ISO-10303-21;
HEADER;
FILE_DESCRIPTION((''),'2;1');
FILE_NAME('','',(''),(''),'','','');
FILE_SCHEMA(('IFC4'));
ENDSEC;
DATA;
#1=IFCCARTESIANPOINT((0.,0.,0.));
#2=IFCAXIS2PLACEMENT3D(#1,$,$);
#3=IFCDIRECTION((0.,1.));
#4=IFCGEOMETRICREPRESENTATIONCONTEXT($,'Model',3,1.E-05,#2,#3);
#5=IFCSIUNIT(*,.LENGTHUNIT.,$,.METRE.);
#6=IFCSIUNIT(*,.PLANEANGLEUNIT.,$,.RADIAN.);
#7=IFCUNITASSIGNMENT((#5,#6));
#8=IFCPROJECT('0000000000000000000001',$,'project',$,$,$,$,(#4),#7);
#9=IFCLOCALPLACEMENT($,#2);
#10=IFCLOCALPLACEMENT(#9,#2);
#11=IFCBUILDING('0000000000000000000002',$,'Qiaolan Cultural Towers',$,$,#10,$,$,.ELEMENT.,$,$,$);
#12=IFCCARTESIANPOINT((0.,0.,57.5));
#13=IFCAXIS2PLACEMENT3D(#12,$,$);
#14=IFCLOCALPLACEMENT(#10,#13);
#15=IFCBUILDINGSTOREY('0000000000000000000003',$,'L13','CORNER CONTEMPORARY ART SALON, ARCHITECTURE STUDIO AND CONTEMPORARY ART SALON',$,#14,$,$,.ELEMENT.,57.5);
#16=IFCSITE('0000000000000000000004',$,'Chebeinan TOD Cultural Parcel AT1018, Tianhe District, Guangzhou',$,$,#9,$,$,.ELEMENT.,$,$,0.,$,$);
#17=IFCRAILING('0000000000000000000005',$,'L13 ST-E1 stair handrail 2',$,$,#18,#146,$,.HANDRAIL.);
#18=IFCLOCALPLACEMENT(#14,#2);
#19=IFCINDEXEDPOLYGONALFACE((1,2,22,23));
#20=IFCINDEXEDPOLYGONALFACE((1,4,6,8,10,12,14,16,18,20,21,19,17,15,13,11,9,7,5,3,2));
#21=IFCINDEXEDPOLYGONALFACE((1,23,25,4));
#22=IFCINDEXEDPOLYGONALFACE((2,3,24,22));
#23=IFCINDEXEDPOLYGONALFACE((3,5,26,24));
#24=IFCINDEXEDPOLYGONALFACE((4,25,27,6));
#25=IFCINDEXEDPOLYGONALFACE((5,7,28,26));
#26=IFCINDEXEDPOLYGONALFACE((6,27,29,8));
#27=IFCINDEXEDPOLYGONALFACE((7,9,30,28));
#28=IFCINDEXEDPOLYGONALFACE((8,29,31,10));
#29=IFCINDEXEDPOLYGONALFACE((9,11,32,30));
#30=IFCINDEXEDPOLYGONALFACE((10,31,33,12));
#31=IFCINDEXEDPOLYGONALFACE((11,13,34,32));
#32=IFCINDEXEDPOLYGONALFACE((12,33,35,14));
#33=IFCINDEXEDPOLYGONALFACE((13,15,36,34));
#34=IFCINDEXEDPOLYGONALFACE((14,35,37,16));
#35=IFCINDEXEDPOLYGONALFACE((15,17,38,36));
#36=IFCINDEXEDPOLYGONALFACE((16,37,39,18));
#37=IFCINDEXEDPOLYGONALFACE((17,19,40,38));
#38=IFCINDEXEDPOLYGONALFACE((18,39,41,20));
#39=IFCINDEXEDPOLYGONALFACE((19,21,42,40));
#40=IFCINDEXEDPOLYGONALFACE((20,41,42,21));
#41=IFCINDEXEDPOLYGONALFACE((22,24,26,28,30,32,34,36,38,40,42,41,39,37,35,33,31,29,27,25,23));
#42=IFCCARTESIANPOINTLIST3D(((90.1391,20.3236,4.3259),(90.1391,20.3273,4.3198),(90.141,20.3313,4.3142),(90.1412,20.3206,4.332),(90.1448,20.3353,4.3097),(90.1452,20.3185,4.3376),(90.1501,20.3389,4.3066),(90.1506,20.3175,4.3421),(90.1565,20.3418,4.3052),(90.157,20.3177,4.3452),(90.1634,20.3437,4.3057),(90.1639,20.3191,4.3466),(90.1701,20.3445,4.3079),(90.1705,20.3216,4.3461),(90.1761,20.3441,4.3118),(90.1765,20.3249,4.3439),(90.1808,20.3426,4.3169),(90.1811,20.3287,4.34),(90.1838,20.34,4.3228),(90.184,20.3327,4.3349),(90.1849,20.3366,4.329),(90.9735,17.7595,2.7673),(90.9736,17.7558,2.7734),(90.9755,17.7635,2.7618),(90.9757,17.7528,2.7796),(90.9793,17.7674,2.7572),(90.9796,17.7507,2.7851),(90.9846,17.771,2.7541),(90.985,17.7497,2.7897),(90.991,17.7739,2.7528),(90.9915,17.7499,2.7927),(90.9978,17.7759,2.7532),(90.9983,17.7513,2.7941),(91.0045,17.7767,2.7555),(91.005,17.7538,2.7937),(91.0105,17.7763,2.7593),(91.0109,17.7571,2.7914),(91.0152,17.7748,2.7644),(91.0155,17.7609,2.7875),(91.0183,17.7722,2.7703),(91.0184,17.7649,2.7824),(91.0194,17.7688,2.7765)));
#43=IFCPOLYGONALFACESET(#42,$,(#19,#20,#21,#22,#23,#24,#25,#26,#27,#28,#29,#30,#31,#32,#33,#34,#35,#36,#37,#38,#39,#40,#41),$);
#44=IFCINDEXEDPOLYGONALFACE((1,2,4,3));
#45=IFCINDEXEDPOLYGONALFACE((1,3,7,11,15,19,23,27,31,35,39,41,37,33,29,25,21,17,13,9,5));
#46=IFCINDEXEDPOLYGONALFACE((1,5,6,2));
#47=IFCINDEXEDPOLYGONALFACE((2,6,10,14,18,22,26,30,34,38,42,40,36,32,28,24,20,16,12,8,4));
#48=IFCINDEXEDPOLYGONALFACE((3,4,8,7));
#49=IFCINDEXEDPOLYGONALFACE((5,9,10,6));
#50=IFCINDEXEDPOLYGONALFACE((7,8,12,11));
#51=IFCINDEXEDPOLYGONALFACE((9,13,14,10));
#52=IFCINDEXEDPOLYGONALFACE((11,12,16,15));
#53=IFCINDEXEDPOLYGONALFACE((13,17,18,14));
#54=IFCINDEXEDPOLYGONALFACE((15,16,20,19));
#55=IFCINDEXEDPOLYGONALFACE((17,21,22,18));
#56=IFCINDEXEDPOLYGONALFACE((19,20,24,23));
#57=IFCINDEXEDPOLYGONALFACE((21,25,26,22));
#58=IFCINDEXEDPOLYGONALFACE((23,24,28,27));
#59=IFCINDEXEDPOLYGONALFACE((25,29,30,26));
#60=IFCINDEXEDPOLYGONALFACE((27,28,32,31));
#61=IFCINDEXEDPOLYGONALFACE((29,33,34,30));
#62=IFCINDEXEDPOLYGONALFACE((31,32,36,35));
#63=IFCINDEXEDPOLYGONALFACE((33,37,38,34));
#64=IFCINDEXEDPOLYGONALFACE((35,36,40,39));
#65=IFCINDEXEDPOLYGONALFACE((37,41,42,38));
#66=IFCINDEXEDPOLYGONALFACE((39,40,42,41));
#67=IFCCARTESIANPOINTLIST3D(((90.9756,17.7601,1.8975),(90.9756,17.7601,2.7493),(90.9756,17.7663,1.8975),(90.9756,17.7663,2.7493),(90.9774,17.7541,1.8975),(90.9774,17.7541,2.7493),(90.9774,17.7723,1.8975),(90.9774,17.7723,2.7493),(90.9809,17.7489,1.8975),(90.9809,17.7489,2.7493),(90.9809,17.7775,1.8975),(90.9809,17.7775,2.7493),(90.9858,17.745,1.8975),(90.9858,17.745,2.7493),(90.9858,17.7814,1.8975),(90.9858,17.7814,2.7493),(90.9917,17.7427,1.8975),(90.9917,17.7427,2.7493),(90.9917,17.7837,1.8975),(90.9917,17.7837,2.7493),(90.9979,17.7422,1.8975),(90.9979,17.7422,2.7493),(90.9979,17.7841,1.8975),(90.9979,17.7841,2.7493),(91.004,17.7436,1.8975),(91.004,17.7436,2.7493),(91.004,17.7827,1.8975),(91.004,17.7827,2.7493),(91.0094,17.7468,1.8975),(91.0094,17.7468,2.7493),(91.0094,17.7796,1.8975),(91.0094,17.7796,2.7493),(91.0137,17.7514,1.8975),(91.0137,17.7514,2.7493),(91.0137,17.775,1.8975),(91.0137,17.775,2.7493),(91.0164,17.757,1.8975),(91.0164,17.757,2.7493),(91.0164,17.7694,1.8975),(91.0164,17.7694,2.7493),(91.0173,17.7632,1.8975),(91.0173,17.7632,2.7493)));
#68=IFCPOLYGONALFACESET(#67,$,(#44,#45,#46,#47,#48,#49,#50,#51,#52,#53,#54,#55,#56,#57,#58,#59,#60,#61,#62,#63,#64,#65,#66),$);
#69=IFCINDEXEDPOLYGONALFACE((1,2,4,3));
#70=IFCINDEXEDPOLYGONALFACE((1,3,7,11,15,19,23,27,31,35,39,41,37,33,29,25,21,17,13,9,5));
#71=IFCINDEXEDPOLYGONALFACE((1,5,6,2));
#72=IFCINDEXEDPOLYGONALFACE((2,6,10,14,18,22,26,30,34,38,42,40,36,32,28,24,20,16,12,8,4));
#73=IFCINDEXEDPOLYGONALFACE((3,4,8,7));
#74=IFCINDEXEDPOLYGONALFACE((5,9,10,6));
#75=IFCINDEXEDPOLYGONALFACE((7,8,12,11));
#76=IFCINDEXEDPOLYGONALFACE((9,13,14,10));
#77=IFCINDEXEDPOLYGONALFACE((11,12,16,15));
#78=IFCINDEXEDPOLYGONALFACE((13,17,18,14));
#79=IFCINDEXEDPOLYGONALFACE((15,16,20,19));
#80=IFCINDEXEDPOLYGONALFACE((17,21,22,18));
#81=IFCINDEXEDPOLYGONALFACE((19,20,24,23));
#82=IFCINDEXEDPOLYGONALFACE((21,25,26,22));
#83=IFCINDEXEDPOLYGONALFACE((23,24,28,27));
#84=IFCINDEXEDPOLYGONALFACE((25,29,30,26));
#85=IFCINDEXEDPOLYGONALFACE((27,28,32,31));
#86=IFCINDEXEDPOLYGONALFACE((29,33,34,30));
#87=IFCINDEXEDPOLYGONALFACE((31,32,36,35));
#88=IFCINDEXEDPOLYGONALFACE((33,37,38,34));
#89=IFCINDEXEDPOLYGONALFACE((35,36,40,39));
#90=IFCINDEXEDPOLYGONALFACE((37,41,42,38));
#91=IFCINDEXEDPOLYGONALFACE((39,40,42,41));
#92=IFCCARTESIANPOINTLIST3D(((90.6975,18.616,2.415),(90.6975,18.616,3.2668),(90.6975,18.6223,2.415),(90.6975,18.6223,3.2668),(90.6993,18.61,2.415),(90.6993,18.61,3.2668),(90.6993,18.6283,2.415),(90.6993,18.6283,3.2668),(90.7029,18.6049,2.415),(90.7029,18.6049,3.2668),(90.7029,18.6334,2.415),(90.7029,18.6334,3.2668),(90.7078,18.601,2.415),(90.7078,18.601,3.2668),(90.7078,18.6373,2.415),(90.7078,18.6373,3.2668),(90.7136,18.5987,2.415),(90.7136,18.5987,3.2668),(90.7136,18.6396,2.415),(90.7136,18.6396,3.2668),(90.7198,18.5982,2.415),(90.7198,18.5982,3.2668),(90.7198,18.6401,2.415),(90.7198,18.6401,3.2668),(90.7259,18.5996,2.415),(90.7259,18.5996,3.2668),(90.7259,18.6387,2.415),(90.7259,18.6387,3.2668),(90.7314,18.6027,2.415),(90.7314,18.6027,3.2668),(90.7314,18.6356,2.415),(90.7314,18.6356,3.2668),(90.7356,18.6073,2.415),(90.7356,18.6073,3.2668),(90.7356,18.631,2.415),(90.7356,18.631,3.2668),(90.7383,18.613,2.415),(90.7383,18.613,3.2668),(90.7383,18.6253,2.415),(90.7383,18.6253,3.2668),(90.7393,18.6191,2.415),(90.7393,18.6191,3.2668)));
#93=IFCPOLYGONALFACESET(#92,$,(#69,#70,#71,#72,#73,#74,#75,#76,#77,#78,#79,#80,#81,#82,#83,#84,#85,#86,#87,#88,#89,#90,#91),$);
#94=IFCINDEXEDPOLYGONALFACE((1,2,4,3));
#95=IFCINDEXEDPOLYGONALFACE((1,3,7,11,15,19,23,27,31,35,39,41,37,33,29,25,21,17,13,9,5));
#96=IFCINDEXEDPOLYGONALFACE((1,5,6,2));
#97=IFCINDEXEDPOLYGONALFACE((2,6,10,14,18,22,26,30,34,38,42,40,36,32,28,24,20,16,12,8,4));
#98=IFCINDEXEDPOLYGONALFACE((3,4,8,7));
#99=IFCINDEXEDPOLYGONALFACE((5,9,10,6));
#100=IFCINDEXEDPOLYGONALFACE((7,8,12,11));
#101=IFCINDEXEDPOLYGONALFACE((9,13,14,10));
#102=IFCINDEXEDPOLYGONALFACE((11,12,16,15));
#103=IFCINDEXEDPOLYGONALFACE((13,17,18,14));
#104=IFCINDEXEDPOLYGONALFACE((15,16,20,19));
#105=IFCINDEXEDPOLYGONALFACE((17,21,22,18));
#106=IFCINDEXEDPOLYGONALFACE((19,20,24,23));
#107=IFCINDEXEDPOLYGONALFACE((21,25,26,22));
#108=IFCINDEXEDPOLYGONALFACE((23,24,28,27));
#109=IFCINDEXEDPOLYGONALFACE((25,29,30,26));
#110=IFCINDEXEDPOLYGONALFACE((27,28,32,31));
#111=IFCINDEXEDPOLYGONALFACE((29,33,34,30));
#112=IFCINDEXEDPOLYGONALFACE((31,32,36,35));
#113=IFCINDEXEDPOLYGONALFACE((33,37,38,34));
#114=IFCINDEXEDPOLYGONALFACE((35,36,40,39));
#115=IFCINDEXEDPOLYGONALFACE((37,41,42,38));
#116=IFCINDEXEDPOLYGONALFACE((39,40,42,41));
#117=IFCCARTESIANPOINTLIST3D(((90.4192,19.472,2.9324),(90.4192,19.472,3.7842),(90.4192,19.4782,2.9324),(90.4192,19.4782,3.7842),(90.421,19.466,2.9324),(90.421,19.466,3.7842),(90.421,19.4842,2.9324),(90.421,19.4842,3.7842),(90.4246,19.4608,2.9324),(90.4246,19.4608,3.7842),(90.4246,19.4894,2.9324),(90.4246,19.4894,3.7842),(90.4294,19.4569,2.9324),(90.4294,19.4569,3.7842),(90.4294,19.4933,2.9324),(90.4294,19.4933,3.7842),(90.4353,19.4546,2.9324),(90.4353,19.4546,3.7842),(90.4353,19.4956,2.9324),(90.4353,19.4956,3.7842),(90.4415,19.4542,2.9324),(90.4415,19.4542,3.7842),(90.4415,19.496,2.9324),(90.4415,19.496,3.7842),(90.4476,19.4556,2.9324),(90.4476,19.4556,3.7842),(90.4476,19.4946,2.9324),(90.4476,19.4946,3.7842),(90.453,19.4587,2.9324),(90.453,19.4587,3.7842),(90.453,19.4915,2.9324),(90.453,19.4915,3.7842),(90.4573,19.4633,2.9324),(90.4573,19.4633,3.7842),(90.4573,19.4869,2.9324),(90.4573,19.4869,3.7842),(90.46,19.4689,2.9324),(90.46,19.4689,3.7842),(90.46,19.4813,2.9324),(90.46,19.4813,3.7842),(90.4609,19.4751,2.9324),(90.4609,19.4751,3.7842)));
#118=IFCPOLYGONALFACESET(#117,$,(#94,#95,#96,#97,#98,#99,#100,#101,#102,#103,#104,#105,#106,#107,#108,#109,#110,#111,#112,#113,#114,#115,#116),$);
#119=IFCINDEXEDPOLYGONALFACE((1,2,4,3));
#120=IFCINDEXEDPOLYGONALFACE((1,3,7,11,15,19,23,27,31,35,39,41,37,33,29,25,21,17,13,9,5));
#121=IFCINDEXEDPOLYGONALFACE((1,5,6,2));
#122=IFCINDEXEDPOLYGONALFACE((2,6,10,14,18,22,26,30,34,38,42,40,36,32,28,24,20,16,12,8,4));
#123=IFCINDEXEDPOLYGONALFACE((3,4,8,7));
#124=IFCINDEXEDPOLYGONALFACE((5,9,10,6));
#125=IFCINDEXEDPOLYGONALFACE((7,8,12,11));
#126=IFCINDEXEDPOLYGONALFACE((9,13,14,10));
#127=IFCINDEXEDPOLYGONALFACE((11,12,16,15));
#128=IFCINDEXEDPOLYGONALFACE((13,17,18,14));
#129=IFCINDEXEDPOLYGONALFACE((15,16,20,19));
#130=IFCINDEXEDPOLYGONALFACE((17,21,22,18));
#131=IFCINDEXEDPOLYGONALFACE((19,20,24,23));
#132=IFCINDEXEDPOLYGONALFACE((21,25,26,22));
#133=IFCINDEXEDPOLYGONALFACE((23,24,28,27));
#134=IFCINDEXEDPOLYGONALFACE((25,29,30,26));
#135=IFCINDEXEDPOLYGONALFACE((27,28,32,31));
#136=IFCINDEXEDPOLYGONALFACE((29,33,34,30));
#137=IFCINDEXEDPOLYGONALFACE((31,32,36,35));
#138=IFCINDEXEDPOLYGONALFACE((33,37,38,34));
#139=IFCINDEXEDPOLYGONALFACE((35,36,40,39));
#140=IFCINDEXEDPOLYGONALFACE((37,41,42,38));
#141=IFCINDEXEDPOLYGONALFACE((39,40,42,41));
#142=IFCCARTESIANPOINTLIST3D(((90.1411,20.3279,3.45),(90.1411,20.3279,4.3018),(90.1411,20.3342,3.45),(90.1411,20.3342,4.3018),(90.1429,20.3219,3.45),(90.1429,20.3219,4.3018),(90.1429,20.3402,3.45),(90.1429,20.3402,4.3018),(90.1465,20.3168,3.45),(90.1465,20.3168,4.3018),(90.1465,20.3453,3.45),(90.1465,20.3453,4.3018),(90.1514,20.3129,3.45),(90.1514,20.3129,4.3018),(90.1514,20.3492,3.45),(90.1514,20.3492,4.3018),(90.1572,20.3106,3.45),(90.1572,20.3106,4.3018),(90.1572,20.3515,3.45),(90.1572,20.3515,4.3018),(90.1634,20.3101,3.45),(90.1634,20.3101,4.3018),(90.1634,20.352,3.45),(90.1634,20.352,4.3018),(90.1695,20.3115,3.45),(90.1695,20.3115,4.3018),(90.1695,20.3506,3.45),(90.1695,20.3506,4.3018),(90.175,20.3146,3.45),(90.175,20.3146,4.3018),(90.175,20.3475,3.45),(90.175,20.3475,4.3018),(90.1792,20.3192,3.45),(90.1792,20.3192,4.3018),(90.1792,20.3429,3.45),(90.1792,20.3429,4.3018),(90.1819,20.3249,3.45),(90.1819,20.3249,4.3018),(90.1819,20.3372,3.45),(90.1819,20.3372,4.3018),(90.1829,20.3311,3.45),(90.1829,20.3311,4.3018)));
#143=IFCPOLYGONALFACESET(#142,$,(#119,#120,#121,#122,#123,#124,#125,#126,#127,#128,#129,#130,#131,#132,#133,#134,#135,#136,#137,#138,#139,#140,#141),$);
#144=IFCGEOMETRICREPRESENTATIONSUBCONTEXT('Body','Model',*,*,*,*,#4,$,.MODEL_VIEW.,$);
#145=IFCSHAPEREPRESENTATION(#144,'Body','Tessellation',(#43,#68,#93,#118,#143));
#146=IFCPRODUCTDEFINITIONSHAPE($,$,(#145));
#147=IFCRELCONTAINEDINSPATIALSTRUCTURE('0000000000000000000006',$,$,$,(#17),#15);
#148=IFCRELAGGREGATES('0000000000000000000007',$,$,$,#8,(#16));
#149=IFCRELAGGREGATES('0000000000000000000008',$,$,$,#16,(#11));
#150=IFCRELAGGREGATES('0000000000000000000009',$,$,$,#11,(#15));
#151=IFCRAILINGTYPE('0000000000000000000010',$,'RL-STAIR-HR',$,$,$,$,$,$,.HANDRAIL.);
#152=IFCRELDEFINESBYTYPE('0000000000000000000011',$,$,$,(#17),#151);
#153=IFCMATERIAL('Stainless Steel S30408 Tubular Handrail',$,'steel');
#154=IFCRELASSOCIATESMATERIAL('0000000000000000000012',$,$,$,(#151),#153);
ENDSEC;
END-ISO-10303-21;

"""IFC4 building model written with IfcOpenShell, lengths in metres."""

from ifc_helpers import new_model, si_unit, direction, frame, origin, origin_2d, place, context, subcontext, project, spatial, circle, extrude, material, type_object, element, save


model = new_model("IFC4")

# Units and contexts
model_context = context("Model", 3, precision=1e-05, world=origin(), true_north=direction((0.0, 1.0)))
body_context = subcontext(model_context, "Body", "Model", "MODEL_VIEW")
ifc_project = project(units=[si_unit("LENGTHUNIT", "METRE"), si_unit("PLANEANGLEUNIT", "RADIAN")], contexts=[model_context])

# Site, building, storey
site_placement = place(None, origin())
site = spatial("IfcSite", under=ifc_project, at=site_placement, Name="Chebeinan TOD Cultural Parcel AT1018, Tianhe District, Guangzhou", CompositionType="ELEMENT", RefElevation=0.0)
building_placement = place(site_placement, origin())
building = spatial("IfcBuilding", under=site, at=building_placement, Name="Qiaolan Cultural Towers", CompositionType="ELEMENT")
storey_placement = place(building_placement, frame((0.0, 0.0, 57.5)))
storey = spatial("IfcBuildingStorey", under=building, at=storey_placement, Name="L13", Description="CORNER CONTEMPORARY ART SALON, ARCHITECTURE STUDIO AND CONTEMPORARY ART SALON", CompositionType="ELEMENT", Elevation=57.5)

# Railing
ifc_material_1 = material(Name="Stainless Steel S30408 Tubular Handrail", Category="steel")
railing_type_1 = type_object("IfcRailingType", Name="RL-STAIR-HR", PredefinedType="HANDRAIL", material=ifc_material_1)
railing_1_placement = place(storey_placement, frame((90.9963, 17.7632, 1.8975)))
element("IfcRailing", 1, at=railing_1_placement, inside=storey, type_object=railing_type_1, Name="L13 ST-E1 stair handrail 2", PredefinedType="HANDRAIL", context=body_context, shape_type="SweptSolid", body=[
    extrude(circle(Radius=0.0239, at=origin_2d()), frame((0.0, 0.0, 0.876), z_axis=(-0.267926, 0.824471, 0.498461), x_axis=(-0.951043, -0.309057, 0.0)), (0.0, 0.0, 1.0), 3.1145),
    extrude(circle(Radius=0.021, at=origin_2d()), origin(), (0.0, 0.0, 1.0), 0.8518),
    extrude(circle(Radius=0.021, at=origin_2d()), frame((-0.2781, 0.856, 0.5176)), (0.0, 0.0, 1.0), 0.8518),
    extrude(circle(Radius=0.021, at=origin_2d()), frame((-0.5564, 1.7119, 1.0349)), (0.0, 0.0, 1.0), 0.8518),
    extrude(circle(Radius=0.021, at=origin_2d()), frame((-0.8345, 2.5679, 1.5525)), (0.0, 0.0, 1.0), 0.8518),
])

save(model, "model.ifc")
